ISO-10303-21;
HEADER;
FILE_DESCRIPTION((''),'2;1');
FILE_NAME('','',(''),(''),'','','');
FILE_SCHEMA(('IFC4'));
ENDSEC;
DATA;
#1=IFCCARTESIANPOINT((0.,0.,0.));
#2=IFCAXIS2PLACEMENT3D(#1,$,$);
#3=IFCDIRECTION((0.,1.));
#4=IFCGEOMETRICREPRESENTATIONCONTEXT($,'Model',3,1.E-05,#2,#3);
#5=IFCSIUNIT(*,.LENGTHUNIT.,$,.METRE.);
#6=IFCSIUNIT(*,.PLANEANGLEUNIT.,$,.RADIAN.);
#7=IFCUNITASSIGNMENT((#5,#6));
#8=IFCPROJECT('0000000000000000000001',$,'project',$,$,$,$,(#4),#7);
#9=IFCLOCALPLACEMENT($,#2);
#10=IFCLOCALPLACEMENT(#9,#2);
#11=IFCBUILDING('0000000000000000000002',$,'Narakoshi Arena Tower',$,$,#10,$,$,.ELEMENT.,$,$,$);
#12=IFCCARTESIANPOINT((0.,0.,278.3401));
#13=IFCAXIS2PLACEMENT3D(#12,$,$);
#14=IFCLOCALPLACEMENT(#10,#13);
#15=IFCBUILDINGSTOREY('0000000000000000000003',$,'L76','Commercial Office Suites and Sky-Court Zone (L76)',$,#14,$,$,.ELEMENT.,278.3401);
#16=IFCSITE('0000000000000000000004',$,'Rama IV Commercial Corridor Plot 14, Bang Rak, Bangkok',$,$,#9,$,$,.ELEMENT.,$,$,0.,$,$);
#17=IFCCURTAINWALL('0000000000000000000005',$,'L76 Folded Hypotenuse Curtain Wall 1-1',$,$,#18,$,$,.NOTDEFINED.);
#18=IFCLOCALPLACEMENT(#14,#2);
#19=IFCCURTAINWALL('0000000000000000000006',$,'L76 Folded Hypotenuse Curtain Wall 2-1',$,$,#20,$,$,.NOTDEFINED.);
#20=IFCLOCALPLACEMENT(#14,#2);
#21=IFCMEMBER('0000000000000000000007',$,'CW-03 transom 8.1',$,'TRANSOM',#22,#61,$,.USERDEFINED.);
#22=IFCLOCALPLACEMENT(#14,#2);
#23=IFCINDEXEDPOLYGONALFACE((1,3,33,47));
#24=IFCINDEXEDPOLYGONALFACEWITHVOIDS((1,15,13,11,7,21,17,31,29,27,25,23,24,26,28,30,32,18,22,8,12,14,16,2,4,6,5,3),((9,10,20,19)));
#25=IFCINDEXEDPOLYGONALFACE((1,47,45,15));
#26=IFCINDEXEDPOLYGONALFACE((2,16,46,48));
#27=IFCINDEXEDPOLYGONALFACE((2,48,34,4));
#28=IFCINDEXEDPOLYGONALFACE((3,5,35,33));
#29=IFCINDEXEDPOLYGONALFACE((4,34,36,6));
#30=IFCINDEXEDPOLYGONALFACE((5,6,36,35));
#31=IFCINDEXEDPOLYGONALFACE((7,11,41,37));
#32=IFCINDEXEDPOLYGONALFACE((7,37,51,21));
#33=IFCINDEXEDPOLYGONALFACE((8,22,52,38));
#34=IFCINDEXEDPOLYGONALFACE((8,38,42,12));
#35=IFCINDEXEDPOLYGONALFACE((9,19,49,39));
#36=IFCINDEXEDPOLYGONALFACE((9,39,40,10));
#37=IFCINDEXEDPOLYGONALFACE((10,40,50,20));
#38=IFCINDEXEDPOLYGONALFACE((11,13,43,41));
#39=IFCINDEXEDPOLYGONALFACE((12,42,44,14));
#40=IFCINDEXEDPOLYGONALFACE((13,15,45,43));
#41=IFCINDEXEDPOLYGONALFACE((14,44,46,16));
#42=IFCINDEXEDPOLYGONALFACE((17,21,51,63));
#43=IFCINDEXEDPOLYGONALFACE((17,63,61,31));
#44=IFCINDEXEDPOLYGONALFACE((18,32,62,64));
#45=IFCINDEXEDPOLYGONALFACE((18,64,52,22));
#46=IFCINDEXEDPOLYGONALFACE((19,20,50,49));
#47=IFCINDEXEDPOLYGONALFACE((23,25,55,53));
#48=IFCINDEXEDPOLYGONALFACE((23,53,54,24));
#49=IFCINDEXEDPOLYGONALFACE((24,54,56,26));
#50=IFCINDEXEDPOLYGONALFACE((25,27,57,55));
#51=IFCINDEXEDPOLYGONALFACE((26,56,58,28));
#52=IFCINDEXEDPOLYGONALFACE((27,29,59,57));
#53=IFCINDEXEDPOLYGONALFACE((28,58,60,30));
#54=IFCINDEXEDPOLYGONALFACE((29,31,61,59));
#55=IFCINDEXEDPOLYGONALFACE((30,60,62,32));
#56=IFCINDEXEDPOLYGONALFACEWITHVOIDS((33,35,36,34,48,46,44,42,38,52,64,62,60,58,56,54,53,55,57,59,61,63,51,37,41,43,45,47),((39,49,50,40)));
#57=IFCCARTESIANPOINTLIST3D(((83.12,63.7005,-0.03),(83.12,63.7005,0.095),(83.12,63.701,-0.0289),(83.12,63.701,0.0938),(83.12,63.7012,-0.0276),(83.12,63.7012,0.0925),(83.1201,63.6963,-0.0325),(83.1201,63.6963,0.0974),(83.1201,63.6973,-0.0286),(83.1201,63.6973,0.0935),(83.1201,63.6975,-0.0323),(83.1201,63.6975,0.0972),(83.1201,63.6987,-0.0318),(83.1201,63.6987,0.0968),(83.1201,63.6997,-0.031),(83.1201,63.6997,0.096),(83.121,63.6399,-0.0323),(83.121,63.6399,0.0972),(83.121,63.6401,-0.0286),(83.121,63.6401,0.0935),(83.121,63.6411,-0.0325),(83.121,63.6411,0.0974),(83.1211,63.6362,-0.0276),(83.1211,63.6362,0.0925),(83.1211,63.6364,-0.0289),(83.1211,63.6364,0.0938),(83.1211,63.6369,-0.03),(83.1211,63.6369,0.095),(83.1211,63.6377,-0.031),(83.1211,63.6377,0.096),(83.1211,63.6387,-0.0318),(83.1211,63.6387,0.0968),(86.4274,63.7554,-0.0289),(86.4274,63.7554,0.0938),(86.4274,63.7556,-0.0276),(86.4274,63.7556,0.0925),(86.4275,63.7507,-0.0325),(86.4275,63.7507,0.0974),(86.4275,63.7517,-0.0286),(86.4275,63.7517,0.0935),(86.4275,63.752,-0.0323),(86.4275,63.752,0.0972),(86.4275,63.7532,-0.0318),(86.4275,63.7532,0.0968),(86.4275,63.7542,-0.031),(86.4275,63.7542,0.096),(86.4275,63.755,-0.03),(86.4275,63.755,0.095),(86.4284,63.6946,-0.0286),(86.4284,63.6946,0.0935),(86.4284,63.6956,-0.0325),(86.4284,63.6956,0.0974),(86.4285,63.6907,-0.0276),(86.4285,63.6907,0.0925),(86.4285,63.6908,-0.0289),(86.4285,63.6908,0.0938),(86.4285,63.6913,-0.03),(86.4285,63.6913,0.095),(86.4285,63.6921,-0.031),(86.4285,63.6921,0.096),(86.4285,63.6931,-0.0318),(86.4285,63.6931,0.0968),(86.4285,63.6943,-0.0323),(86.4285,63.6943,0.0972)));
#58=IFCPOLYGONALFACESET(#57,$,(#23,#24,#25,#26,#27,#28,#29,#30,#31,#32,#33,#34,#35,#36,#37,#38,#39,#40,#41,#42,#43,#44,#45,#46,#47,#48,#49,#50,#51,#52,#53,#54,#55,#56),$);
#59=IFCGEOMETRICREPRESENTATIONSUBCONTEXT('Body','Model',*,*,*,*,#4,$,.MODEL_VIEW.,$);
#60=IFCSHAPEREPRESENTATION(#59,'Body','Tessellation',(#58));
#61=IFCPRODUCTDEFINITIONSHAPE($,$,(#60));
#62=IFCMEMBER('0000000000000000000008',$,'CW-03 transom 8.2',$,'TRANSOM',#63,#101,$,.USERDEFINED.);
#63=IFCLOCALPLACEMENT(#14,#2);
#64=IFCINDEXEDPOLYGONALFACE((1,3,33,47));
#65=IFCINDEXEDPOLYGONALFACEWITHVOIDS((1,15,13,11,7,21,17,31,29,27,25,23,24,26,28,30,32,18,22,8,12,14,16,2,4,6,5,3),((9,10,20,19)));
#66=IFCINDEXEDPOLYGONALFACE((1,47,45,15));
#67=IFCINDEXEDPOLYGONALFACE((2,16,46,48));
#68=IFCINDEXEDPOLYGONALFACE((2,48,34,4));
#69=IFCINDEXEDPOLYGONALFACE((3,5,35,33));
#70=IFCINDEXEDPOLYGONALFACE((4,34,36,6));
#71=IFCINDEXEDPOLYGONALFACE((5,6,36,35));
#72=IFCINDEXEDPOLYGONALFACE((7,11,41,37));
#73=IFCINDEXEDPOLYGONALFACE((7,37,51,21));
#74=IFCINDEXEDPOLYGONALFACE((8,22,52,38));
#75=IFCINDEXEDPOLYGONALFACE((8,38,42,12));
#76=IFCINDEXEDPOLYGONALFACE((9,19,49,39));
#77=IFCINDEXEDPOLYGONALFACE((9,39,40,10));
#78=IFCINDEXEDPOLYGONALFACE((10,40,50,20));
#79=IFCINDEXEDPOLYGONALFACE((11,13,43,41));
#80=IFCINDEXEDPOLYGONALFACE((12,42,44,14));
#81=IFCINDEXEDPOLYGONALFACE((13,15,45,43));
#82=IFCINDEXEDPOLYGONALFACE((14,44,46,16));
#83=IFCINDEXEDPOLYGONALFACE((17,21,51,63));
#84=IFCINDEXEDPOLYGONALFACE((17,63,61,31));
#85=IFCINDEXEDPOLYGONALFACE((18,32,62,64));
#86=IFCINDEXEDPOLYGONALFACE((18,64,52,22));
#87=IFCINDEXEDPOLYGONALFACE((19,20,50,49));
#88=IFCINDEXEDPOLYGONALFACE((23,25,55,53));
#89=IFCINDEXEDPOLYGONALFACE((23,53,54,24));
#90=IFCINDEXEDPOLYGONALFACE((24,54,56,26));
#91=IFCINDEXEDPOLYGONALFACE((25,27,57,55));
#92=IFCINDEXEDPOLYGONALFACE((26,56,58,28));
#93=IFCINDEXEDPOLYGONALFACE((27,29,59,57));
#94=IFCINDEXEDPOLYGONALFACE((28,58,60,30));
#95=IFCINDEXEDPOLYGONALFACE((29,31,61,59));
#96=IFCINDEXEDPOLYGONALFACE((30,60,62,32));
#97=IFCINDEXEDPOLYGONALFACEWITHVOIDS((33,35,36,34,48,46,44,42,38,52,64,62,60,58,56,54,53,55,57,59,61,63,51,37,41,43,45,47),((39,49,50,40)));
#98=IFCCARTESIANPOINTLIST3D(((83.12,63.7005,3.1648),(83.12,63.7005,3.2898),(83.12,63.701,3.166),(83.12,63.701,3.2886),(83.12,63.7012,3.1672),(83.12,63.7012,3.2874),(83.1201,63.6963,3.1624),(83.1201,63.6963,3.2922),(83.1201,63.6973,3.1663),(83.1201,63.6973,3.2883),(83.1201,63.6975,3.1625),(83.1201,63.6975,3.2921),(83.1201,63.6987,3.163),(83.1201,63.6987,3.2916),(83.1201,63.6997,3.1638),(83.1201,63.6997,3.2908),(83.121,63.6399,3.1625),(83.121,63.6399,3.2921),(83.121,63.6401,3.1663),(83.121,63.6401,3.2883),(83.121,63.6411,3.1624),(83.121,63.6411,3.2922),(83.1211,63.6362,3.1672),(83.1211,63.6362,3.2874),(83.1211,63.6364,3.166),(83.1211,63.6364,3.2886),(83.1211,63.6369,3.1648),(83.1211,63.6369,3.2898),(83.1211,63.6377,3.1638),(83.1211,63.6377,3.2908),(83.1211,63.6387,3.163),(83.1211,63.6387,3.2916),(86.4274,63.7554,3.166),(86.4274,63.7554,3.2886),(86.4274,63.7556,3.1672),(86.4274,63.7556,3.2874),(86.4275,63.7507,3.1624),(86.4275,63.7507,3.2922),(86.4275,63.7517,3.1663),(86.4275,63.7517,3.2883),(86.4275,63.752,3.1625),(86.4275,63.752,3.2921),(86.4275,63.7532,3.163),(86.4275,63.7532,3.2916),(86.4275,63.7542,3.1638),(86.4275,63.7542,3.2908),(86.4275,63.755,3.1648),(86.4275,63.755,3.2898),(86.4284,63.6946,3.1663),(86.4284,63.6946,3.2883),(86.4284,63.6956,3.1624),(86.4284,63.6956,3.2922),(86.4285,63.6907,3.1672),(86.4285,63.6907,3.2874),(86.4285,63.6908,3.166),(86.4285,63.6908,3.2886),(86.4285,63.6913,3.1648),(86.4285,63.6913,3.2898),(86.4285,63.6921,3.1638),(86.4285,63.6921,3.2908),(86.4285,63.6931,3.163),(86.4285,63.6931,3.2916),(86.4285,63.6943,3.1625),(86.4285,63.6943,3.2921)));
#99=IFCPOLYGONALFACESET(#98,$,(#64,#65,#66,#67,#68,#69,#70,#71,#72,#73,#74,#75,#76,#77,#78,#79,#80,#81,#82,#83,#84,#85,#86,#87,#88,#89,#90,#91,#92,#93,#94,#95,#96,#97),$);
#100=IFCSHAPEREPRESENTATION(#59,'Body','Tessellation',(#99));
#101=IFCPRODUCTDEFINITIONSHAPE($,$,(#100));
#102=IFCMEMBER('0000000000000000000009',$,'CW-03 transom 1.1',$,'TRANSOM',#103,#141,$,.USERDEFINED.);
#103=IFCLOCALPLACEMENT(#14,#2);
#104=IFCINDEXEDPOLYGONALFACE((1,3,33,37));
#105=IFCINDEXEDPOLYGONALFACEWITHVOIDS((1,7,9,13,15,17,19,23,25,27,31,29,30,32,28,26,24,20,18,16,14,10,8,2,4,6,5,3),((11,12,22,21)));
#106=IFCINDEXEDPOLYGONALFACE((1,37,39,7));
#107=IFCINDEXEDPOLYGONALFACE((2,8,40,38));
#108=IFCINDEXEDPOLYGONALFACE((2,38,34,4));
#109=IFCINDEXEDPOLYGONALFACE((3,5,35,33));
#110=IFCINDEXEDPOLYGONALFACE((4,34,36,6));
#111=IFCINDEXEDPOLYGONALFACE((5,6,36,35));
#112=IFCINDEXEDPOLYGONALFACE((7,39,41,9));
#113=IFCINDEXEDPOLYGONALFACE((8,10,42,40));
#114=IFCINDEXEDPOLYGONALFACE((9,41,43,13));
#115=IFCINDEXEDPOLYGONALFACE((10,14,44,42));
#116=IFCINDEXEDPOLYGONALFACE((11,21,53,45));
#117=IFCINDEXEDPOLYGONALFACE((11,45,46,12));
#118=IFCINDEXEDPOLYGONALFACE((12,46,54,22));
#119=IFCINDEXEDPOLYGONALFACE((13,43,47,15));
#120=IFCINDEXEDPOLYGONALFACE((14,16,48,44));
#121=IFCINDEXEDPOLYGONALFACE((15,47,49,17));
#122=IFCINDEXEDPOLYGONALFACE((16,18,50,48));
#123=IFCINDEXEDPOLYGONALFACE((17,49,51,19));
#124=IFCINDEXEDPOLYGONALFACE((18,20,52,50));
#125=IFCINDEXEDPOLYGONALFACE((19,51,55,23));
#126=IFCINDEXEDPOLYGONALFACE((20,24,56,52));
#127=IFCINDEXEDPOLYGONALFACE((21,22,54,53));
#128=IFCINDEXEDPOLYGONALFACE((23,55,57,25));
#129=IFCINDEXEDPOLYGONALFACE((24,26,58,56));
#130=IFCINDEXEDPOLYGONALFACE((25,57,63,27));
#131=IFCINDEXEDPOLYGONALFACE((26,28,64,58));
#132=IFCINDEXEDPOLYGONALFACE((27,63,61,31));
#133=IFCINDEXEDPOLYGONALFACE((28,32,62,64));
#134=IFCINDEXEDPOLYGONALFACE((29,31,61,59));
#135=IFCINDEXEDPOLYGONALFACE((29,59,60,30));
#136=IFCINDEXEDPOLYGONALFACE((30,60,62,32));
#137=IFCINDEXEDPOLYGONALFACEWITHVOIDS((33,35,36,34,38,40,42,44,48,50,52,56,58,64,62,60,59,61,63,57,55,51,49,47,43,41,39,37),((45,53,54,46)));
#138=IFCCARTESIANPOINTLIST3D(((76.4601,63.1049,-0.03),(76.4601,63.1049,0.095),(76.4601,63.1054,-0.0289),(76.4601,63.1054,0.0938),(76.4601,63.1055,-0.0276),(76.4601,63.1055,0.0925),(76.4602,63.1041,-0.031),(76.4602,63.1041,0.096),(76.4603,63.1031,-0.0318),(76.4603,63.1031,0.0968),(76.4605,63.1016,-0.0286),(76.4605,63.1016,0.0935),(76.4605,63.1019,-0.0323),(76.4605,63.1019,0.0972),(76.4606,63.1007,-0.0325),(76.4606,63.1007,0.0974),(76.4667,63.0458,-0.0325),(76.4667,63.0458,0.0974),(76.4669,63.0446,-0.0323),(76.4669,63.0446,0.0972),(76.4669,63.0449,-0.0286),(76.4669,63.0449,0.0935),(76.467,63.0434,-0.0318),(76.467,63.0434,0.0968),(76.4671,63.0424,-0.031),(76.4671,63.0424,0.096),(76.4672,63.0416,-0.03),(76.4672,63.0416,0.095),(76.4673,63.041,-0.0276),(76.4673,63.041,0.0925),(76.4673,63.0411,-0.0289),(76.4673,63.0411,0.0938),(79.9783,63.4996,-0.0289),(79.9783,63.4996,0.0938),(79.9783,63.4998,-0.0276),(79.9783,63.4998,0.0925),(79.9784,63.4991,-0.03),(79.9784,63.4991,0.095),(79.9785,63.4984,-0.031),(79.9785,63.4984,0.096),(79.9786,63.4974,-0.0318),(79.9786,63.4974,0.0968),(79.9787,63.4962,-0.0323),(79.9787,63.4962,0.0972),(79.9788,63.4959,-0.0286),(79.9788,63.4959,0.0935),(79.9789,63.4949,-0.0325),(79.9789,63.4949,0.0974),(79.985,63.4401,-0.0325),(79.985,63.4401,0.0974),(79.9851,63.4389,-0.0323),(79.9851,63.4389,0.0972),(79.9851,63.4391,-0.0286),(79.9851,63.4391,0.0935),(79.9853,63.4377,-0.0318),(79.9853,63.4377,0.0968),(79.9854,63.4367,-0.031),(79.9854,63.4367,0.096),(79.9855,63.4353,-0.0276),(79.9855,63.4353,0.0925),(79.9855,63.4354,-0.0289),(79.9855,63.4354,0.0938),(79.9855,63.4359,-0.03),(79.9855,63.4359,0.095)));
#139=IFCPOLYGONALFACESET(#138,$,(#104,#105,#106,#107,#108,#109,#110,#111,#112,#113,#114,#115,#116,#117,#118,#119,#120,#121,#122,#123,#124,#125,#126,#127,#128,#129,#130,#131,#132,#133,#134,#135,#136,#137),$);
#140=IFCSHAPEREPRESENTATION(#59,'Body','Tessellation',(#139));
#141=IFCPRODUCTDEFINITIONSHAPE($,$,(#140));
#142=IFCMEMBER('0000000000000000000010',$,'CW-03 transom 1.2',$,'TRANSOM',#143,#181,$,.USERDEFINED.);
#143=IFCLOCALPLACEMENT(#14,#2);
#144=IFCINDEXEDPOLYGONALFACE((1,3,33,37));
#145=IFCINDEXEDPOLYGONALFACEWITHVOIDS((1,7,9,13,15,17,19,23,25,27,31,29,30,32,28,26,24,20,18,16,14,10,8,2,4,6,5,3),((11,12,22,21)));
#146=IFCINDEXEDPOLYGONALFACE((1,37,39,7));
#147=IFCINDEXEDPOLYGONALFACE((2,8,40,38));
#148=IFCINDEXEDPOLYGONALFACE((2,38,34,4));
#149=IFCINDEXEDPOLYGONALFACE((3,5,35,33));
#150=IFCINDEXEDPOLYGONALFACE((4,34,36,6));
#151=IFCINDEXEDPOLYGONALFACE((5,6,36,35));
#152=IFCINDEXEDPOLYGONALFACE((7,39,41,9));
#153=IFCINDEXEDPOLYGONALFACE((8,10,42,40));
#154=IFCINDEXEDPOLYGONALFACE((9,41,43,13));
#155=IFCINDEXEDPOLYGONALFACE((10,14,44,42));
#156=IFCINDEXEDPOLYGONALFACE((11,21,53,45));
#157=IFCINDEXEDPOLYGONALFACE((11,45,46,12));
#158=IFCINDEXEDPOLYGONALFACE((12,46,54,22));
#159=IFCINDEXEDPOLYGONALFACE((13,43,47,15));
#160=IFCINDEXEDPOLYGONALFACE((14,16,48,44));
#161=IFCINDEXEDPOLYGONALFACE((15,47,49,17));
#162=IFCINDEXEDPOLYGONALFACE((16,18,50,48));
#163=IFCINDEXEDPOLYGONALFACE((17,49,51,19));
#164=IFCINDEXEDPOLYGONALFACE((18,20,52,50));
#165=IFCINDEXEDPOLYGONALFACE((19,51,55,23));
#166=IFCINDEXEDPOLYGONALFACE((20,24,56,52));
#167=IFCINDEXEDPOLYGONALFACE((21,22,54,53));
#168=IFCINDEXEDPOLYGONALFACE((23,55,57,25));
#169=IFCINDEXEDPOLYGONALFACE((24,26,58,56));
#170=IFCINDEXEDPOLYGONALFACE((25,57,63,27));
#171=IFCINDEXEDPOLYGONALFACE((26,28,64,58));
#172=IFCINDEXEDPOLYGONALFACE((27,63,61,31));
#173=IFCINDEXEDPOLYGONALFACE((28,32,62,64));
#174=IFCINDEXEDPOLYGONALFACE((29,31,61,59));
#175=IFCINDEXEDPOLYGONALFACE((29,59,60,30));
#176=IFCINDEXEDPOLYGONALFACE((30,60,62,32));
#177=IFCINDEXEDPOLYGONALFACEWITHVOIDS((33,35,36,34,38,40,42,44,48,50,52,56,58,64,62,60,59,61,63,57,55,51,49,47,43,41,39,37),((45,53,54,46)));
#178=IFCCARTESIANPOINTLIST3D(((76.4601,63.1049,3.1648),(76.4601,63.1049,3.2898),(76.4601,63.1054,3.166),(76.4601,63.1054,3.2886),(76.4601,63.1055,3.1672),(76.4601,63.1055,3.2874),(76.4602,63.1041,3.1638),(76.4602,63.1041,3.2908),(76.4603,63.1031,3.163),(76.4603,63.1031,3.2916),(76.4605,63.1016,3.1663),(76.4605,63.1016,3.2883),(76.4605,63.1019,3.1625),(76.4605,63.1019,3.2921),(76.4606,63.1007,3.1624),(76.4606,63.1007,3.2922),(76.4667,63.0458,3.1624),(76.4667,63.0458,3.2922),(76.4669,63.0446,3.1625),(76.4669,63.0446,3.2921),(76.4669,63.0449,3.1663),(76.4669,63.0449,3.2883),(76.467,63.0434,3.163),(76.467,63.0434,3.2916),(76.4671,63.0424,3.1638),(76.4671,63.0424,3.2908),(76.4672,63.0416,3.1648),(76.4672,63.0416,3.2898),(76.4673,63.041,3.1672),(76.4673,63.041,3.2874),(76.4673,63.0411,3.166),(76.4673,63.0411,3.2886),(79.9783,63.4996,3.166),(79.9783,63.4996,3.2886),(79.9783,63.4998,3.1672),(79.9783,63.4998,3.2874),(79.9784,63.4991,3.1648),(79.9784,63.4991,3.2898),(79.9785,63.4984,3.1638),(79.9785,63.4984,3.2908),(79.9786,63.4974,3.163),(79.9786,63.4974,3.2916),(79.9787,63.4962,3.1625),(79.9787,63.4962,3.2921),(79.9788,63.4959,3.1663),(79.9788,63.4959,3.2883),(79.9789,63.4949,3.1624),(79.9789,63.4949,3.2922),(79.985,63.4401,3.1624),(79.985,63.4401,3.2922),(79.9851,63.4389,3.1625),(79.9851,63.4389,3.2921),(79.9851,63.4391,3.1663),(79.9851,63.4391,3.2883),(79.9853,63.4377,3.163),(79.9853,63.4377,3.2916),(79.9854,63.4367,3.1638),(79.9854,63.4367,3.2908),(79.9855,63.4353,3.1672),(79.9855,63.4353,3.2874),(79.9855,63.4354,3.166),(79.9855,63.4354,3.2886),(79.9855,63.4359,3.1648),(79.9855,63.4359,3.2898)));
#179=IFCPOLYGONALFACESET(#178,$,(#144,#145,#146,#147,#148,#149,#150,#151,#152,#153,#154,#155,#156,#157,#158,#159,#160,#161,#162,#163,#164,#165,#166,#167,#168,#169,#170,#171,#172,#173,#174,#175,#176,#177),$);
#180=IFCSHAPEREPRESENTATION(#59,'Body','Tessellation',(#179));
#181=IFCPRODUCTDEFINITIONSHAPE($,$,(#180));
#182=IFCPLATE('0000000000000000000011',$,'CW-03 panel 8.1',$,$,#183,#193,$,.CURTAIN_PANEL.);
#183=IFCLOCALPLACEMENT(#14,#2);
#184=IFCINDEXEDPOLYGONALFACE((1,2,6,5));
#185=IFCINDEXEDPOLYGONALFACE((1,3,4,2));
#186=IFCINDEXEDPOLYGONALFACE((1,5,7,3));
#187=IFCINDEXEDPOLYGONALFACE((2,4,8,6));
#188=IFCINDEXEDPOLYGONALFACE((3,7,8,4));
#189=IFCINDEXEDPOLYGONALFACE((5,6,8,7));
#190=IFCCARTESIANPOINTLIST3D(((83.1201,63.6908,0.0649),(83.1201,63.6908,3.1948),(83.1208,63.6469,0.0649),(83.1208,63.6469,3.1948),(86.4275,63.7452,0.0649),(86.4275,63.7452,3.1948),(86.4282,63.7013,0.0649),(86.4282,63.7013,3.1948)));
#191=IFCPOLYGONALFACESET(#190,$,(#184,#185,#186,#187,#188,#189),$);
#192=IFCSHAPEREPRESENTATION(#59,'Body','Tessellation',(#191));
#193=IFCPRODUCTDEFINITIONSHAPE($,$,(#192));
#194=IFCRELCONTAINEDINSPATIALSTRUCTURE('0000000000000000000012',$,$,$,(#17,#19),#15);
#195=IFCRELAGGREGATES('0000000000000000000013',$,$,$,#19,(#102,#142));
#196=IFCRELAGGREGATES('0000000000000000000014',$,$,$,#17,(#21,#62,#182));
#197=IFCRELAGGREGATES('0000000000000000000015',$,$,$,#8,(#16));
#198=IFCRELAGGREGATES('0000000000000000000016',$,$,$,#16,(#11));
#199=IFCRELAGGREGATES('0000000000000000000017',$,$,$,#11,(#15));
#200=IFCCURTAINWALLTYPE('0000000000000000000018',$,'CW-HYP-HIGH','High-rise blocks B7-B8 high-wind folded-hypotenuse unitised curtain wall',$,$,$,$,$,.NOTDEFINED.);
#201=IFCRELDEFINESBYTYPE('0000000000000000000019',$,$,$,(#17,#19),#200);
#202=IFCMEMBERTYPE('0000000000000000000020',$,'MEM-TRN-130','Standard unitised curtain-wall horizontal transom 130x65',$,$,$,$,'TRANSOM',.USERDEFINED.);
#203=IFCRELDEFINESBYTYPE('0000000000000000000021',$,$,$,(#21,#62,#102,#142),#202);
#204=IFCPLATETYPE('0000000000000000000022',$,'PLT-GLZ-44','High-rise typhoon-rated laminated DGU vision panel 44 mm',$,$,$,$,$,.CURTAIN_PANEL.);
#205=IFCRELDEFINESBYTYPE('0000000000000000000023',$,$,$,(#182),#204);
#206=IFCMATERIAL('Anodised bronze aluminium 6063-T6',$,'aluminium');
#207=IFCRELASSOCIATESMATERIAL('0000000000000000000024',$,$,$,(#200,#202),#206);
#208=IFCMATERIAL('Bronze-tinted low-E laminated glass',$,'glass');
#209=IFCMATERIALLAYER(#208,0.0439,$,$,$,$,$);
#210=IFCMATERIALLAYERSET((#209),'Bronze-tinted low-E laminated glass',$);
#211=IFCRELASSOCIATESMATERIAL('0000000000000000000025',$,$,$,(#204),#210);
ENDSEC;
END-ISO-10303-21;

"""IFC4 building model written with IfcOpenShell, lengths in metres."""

from ifc_helpers import new_model, si_unit, direction, frame, origin, origin_2d, place, context, subcontext, project, spatial, rectangle, hollow_rectangle, extrude, material, layer, layer_set, material_profile, profile_set, type_object, element, aggregate, save


model = new_model("IFC4")

# Units and contexts
model_context = context("Model", 3, precision=1e-05, world=origin(), true_north=direction((0.0, 1.0)))
body_context = subcontext(model_context, "Body", "Model", "MODEL_VIEW")
ifc_project = project(units=[si_unit("LENGTHUNIT", "METRE"), si_unit("PLANEANGLEUNIT", "RADIAN")], contexts=[model_context])

# Site, building, storey
site_placement = place(None, origin())
site = spatial("IfcSite", under=ifc_project, at=site_placement, Name="Rama IV Commercial Corridor Plot 14, Bang Rak, Bangkok", CompositionType="ELEMENT", RefElevation=0.0)
building_placement = place(site_placement, origin())
building = spatial("IfcBuilding", under=site, at=building_placement, Name="Narakoshi Arena Tower", CompositionType="ELEMENT")
storey_placement = place(building_placement, frame((0.0, 0.0, 278.3401)))
storey = spatial("IfcBuildingStorey", under=building, at=storey_placement, Name="L76", Description="Commercial Office Suites and Sky-Court Zone (L76)", CompositionType="ELEMENT", Elevation=278.3401)

# Curtain wall
ifc_material_1 = material(Name="Anodised bronze aluminium 6063-T6", Category="aluminium")
curtain_wall_type = type_object("IfcCurtainWallType", Name="CW-HYP-HIGH", Description="High-rise blocks B7-B8 high-wind folded-hypotenuse unitised curtain wall", PredefinedType="NOTDEFINED", material=ifc_material_1)
curtain_wall_1_placement = place(storey_placement, origin())
curtain_wall_1 = element("IfcCurtainWall", 1, at=curtain_wall_1_placement, inside=storey, type_object=curtain_wall_type, Name="L76 Folded Hypotenuse Curtain Wall 1-1", PredefinedType="NOTDEFINED")

# Curtain wall
curtain_wall_2_placement = place(storey_placement, origin())
curtain_wall_2 = element("IfcCurtainWall", 2, at=curtain_wall_2_placement, inside=storey, type_object=curtain_wall_type, Name="L76 Folded Hypotenuse Curtain Wall 2-1", PredefinedType="NOTDEFINED")

# Members
ifc_material_profile_1 = material_profile(ifc_material_1, hollow_rectangle(XDim=0.0649, YDim=0.1299, WallThickness=0.0039, OuterFilletRadius=0.0049, at=origin_2d()), Name="TRN130x65x4")
ifc_profile_set_1 = profile_set([ifc_material_profile_1], Name="Anodised bronze aluminium 6063-T6")
member_type_1 = type_object("IfcMemberType", Name="MEM-TRN-130", Description="Standard unitised curtain-wall horizontal transom 130x65", ElementType="TRANSOM", PredefinedType="USERDEFINED", material=ifc_profile_set_1)
member_1_placement = place(storey_placement, frame((86.428, 63.7231, 0.0325), z_axis=(-0.999865, -0.016459, 0.0), x_axis=(0.016459, -0.999865, 0.0)))
member_1 = element("IfcMember", 3, at=member_1_placement, type_object=member_type_1, Name="CW-03 transom 8.1", ObjectType="TRANSOM", PredefinedType="USERDEFINED", context=body_context, shape_type="SweptSolid", body=[
    extrude(hollow_rectangle(XDim=0.0649, YDim=0.1299, WallThickness=0.0039, OuterFilletRadius=0.0049, at=origin_2d()), origin(), (0.0, 0.0, 1.0), 3.3079),
])
member_2_placement = place(storey_placement, frame((86.428, 63.7231, 3.2273), z_axis=(-0.999865, -0.016459, 0.0), x_axis=(0.016459, -0.999865, 0.0)))
member_2 = element("IfcMember", 4, at=member_2_placement, type_object=member_type_1, Name="CW-03 transom 8.2", ObjectType="TRANSOM", PredefinedType="USERDEFINED", context=body_context, shape_type="SweptSolid", body=[
    extrude(hollow_rectangle(XDim=0.0649, YDim=0.1299, WallThickness=0.0039, OuterFilletRadius=0.0049, at=origin_2d()), origin(), (0.0, 0.0, 1.0), 3.3079),
])
member_3_placement = place(storey_placement, frame((79.9819, 63.4675, 0.0325), z_axis=(-0.993779, -0.11137, 0.0), x_axis=(0.11137, -0.993779, 0.0)))
member_3 = element("IfcMember", 5, at=member_3_placement, type_object=member_type_1, Name="CW-03 transom 1.1", ObjectType="TRANSOM", PredefinedType="USERDEFINED", context=body_context, shape_type="SweptSolid", body=[
    extrude(hollow_rectangle(XDim=0.0649, YDim=0.1299, WallThickness=0.0039, OuterFilletRadius=0.0049, at=origin_2d()), origin(), (0.0, 0.0, 1.0), 3.5403),
])
member_4_placement = place(storey_placement, frame((79.9819, 63.4675, 3.2273), z_axis=(-0.993779, -0.11137, 0.0), x_axis=(0.11137, -0.993779, 0.0)))
member_4 = element("IfcMember", 6, at=member_4_placement, type_object=member_type_1, Name="CW-03 transom 1.2", ObjectType="TRANSOM", PredefinedType="USERDEFINED", context=body_context, shape_type="SweptSolid", body=[
    extrude(hollow_rectangle(XDim=0.0649, YDim=0.1299, WallThickness=0.0039, OuterFilletRadius=0.0049, at=origin_2d()), origin(), (0.0, 0.0, 1.0), 3.5403),
])
aggregate(curtain_wall_2, [member_3, member_4])

# Plate
ifc_material_2 = material(Name="Bronze-tinted low-E laminated glass", Category="glass")
ifc_layer_1 = layer(ifc_material_2, 0.0439)
ifc_layer_set_1 = layer_set([ifc_layer_1], Name="Bronze-tinted low-E laminated glass")
plate_type = type_object("IfcPlateType", Name="PLT-GLZ-44", Description="High-rise typhoon-rated laminated DGU vision panel 44 mm", PredefinedType="CURTAIN_PANEL", material=ifc_layer_set_1)
plate_placement = place(storey_placement, frame((84.7742, 63.696, 0.0649), z_axis=(0.0, 0.0, 1.0), x_axis=(-0.999865, -0.016443, 0.0)))
plate = element("IfcPlate", 7, at=plate_placement, type_object=plate_type, Name="CW-03 panel 8.1", PredefinedType="CURTAIN_PANEL", context=body_context, shape_type="SweptSolid", body=[
    extrude(rectangle(XDim=3.3079, YDim=0.0439, at=origin_2d()), origin(), (0.0, 0.0, 1.0), 3.1299),
])
aggregate(curtain_wall_1, [member_1, member_2, plate])

save(model, "model.ifc")
